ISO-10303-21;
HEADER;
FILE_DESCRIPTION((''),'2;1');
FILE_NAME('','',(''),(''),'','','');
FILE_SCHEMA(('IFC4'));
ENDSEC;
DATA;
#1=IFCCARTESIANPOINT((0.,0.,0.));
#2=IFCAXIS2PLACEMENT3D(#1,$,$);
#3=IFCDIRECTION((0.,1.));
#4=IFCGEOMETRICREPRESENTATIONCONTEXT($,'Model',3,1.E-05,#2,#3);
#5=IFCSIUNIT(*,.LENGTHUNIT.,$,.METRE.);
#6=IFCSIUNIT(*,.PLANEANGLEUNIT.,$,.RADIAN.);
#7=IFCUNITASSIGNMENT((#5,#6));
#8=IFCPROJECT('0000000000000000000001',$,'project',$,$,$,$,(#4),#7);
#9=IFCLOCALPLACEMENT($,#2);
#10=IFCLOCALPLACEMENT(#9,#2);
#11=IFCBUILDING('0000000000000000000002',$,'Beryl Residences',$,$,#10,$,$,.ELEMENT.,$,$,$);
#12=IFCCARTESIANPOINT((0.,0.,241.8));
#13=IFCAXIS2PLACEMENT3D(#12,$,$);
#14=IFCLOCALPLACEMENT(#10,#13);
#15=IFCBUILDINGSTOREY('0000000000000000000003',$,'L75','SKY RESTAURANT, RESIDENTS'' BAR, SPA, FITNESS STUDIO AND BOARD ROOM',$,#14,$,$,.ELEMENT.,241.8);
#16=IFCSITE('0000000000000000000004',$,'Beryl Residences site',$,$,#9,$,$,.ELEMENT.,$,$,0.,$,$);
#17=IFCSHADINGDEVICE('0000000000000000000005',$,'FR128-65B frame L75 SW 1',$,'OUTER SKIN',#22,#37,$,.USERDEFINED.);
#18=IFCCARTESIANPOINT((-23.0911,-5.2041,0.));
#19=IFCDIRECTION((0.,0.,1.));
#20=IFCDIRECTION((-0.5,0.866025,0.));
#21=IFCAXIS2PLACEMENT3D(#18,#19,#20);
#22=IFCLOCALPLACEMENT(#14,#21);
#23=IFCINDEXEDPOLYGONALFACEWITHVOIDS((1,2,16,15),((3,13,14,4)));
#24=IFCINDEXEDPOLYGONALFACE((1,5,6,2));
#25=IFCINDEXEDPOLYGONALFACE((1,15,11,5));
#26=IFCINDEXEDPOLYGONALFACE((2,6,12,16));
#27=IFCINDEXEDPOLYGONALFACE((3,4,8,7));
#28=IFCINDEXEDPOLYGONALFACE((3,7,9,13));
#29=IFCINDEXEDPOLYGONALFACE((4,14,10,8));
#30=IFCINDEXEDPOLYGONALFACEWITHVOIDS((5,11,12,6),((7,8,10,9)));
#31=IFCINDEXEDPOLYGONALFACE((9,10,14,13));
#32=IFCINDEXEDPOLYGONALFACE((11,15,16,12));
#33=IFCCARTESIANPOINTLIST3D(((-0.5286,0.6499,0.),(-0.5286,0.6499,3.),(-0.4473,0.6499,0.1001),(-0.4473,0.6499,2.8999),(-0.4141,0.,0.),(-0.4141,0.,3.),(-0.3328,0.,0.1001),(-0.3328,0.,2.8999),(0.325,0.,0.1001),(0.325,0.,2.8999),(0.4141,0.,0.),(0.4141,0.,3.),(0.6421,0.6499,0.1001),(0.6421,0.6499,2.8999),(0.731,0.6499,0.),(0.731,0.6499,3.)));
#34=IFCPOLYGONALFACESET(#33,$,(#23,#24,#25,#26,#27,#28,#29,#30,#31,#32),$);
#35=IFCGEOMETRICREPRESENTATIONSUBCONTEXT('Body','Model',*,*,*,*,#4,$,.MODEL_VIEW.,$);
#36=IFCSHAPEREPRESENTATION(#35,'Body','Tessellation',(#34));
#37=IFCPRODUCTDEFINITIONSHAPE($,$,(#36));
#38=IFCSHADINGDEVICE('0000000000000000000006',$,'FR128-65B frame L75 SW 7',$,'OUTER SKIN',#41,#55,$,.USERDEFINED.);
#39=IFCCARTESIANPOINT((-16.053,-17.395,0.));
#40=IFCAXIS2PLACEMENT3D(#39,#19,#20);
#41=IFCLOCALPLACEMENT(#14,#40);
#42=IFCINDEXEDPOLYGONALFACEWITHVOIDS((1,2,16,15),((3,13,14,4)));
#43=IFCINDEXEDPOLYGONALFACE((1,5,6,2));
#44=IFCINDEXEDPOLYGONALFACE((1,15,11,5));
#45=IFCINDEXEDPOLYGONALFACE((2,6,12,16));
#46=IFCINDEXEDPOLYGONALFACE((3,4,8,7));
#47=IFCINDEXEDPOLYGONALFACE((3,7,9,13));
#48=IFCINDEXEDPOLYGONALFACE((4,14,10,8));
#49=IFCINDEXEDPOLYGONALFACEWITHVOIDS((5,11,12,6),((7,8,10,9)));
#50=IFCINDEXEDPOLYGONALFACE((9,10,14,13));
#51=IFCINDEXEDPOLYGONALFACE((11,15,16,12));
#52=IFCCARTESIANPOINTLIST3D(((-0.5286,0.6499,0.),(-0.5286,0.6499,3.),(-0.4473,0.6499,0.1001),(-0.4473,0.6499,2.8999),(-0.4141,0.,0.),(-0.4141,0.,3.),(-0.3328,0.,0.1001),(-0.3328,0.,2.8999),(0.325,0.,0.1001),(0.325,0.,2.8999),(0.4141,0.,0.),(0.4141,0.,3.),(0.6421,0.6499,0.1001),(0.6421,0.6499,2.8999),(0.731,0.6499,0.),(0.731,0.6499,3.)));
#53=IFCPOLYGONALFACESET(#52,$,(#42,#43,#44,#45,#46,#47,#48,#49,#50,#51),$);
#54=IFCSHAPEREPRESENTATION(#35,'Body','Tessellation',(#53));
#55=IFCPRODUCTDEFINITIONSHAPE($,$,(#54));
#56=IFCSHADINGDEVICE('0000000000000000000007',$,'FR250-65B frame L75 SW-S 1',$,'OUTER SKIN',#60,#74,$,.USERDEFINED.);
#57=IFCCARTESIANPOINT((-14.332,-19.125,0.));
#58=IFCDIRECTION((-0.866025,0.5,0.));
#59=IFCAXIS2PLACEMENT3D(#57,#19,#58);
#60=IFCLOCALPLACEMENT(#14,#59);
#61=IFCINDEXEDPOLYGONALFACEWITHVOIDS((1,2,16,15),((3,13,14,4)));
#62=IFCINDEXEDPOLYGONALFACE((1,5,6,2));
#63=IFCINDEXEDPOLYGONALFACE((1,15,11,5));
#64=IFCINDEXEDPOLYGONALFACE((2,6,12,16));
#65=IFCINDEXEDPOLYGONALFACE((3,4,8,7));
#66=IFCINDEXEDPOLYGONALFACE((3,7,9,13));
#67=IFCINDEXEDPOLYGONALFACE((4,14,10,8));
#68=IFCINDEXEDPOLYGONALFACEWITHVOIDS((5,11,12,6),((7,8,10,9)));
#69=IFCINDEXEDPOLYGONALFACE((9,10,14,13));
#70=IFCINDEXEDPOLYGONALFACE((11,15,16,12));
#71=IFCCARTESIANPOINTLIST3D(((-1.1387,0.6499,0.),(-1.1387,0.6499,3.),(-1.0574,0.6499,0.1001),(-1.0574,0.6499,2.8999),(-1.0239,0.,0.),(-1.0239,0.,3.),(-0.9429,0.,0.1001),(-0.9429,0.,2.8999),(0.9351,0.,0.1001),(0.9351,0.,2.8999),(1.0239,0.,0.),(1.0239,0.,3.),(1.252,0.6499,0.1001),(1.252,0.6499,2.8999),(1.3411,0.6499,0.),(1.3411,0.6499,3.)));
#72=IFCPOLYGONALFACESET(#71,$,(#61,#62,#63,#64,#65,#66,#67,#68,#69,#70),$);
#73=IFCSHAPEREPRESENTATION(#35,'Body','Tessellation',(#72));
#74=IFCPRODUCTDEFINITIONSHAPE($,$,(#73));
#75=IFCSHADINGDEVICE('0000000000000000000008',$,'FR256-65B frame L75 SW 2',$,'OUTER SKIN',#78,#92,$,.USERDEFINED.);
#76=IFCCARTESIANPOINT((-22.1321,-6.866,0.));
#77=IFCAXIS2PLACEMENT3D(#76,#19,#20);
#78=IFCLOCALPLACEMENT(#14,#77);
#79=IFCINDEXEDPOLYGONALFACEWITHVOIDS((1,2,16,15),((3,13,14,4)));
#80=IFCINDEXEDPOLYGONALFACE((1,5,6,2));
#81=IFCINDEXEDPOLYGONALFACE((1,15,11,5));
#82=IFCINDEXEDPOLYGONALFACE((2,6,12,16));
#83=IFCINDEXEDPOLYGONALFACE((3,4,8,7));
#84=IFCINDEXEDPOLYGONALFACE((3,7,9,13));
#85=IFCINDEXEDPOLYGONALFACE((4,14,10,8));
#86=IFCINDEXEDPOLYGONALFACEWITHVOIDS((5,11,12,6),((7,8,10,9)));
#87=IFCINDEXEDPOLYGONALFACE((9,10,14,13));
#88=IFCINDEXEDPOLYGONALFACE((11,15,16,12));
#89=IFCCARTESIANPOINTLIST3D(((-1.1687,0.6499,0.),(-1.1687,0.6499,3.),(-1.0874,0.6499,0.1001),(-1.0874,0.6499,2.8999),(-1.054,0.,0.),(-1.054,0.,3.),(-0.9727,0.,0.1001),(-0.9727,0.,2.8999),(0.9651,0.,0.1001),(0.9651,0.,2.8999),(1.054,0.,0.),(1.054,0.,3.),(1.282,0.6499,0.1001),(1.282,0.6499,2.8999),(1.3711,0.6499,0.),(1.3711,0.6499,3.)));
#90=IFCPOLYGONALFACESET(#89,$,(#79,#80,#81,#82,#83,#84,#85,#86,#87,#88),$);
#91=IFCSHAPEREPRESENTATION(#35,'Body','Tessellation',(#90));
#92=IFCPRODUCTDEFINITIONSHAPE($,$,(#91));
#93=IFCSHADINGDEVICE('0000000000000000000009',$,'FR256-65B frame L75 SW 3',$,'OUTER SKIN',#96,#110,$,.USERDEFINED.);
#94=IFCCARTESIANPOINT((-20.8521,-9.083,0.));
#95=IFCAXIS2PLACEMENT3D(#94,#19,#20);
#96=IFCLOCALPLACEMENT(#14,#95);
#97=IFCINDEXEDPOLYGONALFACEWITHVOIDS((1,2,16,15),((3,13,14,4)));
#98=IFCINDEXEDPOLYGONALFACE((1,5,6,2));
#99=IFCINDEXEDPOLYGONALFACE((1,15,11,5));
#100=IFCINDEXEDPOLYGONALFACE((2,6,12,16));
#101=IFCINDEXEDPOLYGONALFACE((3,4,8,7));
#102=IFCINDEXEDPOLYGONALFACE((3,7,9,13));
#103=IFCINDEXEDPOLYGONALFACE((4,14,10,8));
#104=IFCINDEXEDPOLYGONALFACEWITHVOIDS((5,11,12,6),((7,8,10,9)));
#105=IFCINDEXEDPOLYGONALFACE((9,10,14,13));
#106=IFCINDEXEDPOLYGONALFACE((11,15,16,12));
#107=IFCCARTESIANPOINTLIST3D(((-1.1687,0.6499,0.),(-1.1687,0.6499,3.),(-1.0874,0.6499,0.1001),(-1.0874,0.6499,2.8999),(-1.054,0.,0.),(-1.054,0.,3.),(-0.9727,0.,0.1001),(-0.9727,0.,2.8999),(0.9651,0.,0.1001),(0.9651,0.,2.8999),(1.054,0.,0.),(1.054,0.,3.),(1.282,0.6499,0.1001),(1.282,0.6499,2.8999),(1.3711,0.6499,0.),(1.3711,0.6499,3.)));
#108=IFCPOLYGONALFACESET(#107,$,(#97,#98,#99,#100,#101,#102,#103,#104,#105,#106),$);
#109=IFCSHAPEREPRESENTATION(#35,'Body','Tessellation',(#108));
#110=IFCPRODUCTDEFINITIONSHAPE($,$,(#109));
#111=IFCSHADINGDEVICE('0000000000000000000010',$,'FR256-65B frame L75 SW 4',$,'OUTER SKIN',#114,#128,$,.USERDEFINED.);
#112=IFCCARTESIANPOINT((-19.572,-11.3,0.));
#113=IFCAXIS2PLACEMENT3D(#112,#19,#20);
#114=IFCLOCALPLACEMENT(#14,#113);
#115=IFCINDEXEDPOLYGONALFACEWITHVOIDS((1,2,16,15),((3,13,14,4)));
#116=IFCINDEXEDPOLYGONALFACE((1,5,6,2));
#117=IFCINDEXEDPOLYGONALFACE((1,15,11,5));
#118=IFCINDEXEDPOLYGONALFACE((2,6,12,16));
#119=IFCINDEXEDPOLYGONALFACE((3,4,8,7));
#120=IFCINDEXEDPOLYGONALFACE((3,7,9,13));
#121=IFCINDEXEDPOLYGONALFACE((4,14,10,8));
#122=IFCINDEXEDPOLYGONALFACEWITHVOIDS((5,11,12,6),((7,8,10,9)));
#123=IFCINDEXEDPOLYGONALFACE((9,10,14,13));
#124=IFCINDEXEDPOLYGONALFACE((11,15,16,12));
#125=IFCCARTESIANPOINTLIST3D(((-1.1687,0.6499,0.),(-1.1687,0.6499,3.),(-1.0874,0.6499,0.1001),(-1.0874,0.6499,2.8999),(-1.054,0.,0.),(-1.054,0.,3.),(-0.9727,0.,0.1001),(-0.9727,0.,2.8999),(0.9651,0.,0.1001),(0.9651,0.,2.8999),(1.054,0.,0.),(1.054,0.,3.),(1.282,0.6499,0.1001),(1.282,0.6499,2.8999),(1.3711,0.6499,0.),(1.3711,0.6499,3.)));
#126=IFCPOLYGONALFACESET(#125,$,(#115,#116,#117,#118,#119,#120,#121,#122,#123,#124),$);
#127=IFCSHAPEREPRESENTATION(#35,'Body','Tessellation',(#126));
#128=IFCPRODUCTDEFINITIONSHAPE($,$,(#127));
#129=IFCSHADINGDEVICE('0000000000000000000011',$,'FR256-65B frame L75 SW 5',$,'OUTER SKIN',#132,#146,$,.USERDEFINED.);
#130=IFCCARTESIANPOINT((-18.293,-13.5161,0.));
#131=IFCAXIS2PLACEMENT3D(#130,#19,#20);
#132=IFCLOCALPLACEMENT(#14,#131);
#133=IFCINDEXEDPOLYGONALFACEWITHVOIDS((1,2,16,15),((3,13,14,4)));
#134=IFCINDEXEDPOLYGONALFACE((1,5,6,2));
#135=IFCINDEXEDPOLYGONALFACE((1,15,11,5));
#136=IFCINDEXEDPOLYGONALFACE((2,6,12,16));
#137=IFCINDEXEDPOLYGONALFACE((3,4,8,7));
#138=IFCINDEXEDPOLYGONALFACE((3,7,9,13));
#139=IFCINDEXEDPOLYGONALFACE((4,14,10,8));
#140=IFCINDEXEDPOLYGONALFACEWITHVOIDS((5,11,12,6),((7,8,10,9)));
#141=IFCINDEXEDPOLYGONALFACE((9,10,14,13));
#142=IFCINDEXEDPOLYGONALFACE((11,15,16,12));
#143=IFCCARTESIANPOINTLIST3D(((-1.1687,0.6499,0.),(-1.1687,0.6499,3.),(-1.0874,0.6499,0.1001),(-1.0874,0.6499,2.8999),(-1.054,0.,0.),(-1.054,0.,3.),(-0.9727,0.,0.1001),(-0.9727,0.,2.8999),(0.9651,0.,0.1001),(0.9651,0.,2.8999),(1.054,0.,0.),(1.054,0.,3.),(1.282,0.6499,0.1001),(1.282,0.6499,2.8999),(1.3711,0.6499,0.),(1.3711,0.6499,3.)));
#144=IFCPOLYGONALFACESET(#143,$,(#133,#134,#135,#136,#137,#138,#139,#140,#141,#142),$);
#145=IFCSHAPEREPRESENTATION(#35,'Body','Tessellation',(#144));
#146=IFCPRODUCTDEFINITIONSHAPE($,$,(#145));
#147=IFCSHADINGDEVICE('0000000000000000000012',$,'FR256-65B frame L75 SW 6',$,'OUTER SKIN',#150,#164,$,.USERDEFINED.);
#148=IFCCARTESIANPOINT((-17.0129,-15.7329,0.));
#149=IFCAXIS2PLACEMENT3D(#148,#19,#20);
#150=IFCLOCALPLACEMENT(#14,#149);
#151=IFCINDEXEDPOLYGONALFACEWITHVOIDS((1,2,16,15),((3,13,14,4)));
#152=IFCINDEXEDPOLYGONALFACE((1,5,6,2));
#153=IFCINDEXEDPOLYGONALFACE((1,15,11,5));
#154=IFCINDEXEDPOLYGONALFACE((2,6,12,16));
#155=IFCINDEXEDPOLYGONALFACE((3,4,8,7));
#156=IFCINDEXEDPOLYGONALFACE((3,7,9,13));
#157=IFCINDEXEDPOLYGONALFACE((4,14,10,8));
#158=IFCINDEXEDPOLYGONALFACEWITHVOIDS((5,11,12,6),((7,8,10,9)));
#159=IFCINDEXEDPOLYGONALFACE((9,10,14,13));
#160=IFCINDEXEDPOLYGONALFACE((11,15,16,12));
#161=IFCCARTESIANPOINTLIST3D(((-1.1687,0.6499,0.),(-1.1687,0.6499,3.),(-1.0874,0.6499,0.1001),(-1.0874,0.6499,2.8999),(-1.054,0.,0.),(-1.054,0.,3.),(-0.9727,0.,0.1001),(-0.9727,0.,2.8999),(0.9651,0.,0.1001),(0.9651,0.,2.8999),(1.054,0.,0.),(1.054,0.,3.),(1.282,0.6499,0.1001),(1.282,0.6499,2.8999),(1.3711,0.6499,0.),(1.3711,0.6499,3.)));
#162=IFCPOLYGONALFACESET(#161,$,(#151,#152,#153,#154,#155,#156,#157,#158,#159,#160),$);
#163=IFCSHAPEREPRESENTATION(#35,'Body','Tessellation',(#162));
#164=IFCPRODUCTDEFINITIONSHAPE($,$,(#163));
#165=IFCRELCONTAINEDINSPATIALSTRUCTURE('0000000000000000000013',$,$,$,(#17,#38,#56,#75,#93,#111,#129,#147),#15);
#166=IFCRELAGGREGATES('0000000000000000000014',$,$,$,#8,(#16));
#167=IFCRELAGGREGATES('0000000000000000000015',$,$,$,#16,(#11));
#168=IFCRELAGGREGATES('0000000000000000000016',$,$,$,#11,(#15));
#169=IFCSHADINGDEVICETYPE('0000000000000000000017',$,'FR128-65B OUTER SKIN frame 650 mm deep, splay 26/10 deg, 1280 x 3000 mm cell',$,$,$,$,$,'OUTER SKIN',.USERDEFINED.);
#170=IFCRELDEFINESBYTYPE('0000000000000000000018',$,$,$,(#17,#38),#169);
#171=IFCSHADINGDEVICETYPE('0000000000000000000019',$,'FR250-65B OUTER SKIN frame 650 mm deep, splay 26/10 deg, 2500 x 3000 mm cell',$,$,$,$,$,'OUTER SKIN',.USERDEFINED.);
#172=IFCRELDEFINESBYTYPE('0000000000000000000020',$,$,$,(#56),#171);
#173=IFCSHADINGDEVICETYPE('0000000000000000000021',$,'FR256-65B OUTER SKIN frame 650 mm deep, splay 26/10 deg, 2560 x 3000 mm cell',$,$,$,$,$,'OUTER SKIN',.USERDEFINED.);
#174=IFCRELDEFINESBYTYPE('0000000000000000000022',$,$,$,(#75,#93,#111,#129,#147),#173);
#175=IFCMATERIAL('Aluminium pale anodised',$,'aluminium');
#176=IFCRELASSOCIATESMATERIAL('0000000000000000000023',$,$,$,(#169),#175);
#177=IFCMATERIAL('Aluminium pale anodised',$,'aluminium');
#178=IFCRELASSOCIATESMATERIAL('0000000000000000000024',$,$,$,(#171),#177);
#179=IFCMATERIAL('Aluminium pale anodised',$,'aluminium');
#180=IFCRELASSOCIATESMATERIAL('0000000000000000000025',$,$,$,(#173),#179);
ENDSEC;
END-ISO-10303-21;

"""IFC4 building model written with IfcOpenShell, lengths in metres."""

from ifc_helpers import new_model, entity, si_unit, direction, frame, origin, place, context, subcontext, project, spatial, source, transform, mapped, material, type_object, type_shapes, element, save


model = new_model("IFC4")

# Units and contexts
model_context = context("Model", 3, precision=1e-05, world=origin(), true_north=direction((0.0, 1.0)))
body_context = subcontext(model_context, "Body", "Model", "MODEL_VIEW")
ifc_project = project(units=[si_unit("LENGTHUNIT", "METRE"), si_unit("PLANEANGLEUNIT", "RADIAN")], contexts=[model_context])

# Site, building, storey
site_placement = place(None, origin())
site = spatial("IfcSite", under=ifc_project, at=site_placement, Name="Beryl Residences site", CompositionType="ELEMENT", RefElevation=0.0)
building_placement = place(site_placement, origin())
building = spatial("IfcBuilding", under=site, at=building_placement, Name="Beryl Residences", CompositionType="ELEMENT")
storey_placement = place(building_placement, frame((0.0, 0.0, 241.8)))
storey = spatial("IfcBuildingStorey", under=building, at=storey_placement, Name="L75", Description="SKY RESTAURANT, RESIDENTS' BAR, SPA, FITNESS STUDIO AND BOARD ROOM", CompositionType="ELEMENT", Elevation=241.8)

# Shading devices
ifc_material_1 = material(Name="Aluminium pale anodised", Category="aluminium")
shading_device_type_1 = type_object("IfcShadingDeviceType", Name="FR128-65B OUTER SKIN frame 650 mm deep, splay 26/10 deg, 1280 x 3000 mm cell", ElementType="OUTER SKIN", PredefinedType="USERDEFINED", material=ifc_material_1)
cartesian_point_1 = entity("IfcCartesianPoint", [-0.4141, 0.0])
cartesian_point_2 = entity("IfcCartesianPoint", [-0.325, 0.1001])
cartesian_point_3 = entity("IfcCartesianPoint", [-0.731, 0.0])
cartesian_point_4 = entity("IfcCartesianPoint", [-0.6421, 0.1001])
shared_shape_1 = source(origin(), body_context, "Body", "SweptSolid", [
    entity("IfcExtrudedAreaSolidTapered", entity("IfcArbitraryProfileDefWithVoids", "AREA", None, entity("IfcPolyline", [cartesian_point_1, entity("IfcCartesianPoint", [0.4141, 0.0]), entity("IfcCartesianPoint", [0.4141, 3.0]), entity("IfcCartesianPoint", [-0.4141, 3.0]), cartesian_point_1]), [entity("IfcPolyline", [cartesian_point_2, entity("IfcCartesianPoint", [0.3328, 0.1001]), entity("IfcCartesianPoint", [0.3328, 2.8999]), entity("IfcCartesianPoint", [-0.325, 2.8999]), cartesian_point_2])]), entity("IfcAxis2Placement3D", entity("IfcCartesianPoint", [0.0, 0.0, 0.0]), entity("IfcDirection", [0.0, 1.0, 0.0]), entity("IfcDirection", [-1.0, 0.0, 0.0])), entity("IfcDirection", [0.0, 0.0, 1.0]), 0.6499, entity("IfcArbitraryProfileDefWithVoids", "AREA", None, entity("IfcPolyline", [cartesian_point_3, entity("IfcCartesianPoint", [0.5286, 0.0]), entity("IfcCartesianPoint", [0.5286, 3.0]), entity("IfcCartesianPoint", [-0.731, 3.0]), cartesian_point_3]), [entity("IfcPolyline", [cartesian_point_4, entity("IfcCartesianPoint", [0.4473, 0.1001]), entity("IfcCartesianPoint", [0.4473, 2.8999]), entity("IfcCartesianPoint", [-0.6421, 2.8999]), cartesian_point_4])])),
])
type_shapes(shading_device_type_1, [shared_shape_1])
for number, where, z_axis, x_axis, name in (
    (1, (-23.0911, -5.2041, 0.0), (0.0, 0.0, 1.0), (-0.5, 0.866025, 0.0), "FR128-65B frame L75 SW 1"),
    (2, (-16.053, -17.395, 0.0), (0.0, 0.0, 1.0), (-0.5, 0.866025, 0.0), "FR128-65B frame L75 SW 7"),
):
    element("IfcShadingDevice", number, at=place(storey_placement, frame(where, z_axis=z_axis, x_axis=x_axis)), inside=storey, type_object=shading_device_type_1, Name=name, ObjectType="OUTER SKIN", PredefinedType="USERDEFINED", context=body_context, shape_type="MappedRepresentation", body=[
        mapped(shared_shape_1, transform((0.0, 0.0, 0.0))),
    ])
ifc_material_2 = material(Name="Aluminium pale anodised", Category="aluminium")
shading_device_type_2 = type_object("IfcShadingDeviceType", Name="FR250-65B OUTER SKIN frame 650 mm deep, splay 26/10 deg, 2500 x 3000 mm cell", ElementType="OUTER SKIN", PredefinedType="USERDEFINED", material=ifc_material_2)
cartesian_point_5 = entity("IfcCartesianPoint", [-1.0239, 0.0])
cartesian_point_6 = entity("IfcCartesianPoint", [-0.9351, 0.1001])
cartesian_point_7 = entity("IfcCartesianPoint", [-1.3411, 0.0])
cartesian_point_8 = entity("IfcCartesianPoint", [-1.252, 0.1001])
shared_shape_2 = source(origin(), body_context, "Body", "SweptSolid", [
    entity("IfcExtrudedAreaSolidTapered", entity("IfcArbitraryProfileDefWithVoids", "AREA", None, entity("IfcPolyline", [cartesian_point_5, entity("IfcCartesianPoint", [1.0239, 0.0]), entity("IfcCartesianPoint", [1.0239, 3.0]), entity("IfcCartesianPoint", [-1.0239, 3.0]), cartesian_point_5]), [entity("IfcPolyline", [cartesian_point_6, entity("IfcCartesianPoint", [0.9429, 0.1001]), entity("IfcCartesianPoint", [0.9429, 2.8999]), entity("IfcCartesianPoint", [-0.9351, 2.8999]), cartesian_point_6])]), entity("IfcAxis2Placement3D", entity("IfcCartesianPoint", [0.0, 0.0, 0.0]), entity("IfcDirection", [0.0, 1.0, 0.0]), entity("IfcDirection", [-1.0, 0.0, 0.0])), entity("IfcDirection", [0.0, 0.0, 1.0]), 0.6499, entity("IfcArbitraryProfileDefWithVoids", "AREA", None, entity("IfcPolyline", [cartesian_point_7, entity("IfcCartesianPoint", [1.1387, 0.0]), entity("IfcCartesianPoint", [1.1387, 3.0]), entity("IfcCartesianPoint", [-1.3411, 3.0]), cartesian_point_7]), [entity("IfcPolyline", [cartesian_point_8, entity("IfcCartesianPoint", [1.0574, 0.1001]), entity("IfcCartesianPoint", [1.0574, 2.8999]), entity("IfcCartesianPoint", [-1.252, 2.8999]), cartesian_point_8])])),
])
type_shapes(shading_device_type_2, [shared_shape_2])
shading_device_placement = place(storey_placement, frame((-14.332, -19.125, 0.0), z_axis=(0.0, 0.0, 1.0), x_axis=(-0.866025, 0.5, 0.0)))
element("IfcShadingDevice", 3, at=shading_device_placement, inside=storey, type_object=shading_device_type_2, Name="FR250-65B frame L75 SW-S 1", ObjectType="OUTER SKIN", PredefinedType="USERDEFINED", context=body_context, shape_type="MappedRepresentation", body=[
    mapped(shared_shape_2, transform((0.0, 0.0, 0.0))),
])
ifc_material_3 = material(Name="Aluminium pale anodised", Category="aluminium")
shading_device_type_3 = type_object("IfcShadingDeviceType", Name="FR256-65B OUTER SKIN frame 650 mm deep, splay 26/10 deg, 2560 x 3000 mm cell", ElementType="OUTER SKIN", PredefinedType="USERDEFINED", material=ifc_material_3)
cartesian_point_9 = entity("IfcCartesianPoint", [-1.054, 0.0])
cartesian_point_10 = entity("IfcCartesianPoint", [-0.9651, 0.1001])
cartesian_point_11 = entity("IfcCartesianPoint", [-1.3711, 0.0])
cartesian_point_12 = entity("IfcCartesianPoint", [-1.282, 0.1001])
shared_shape_3 = source(origin(), body_context, "Body", "SweptSolid", [
    entity("IfcExtrudedAreaSolidTapered", entity("IfcArbitraryProfileDefWithVoids", "AREA", None, entity("IfcPolyline", [cartesian_point_9, entity("IfcCartesianPoint", [1.054, 0.0]), entity("IfcCartesianPoint", [1.054, 3.0]), entity("IfcCartesianPoint", [-1.054, 3.0]), cartesian_point_9]), [entity("IfcPolyline", [cartesian_point_10, entity("IfcCartesianPoint", [0.9727, 0.1001]), entity("IfcCartesianPoint", [0.9727, 2.8999]), entity("IfcCartesianPoint", [-0.9651, 2.8999]), cartesian_point_10])]), entity("IfcAxis2Placement3D", entity("IfcCartesianPoint", [0.0, 0.0, 0.0]), entity("IfcDirection", [0.0, 1.0, 0.0]), entity("IfcDirection", [-1.0, 0.0, 0.0])), entity("IfcDirection", [0.0, 0.0, 1.0]), 0.6499, entity("IfcArbitraryProfileDefWithVoids", "AREA", None, entity("IfcPolyline", [cartesian_point_11, entity("IfcCartesianPoint", [1.1687, 0.0]), entity("IfcCartesianPoint", [1.1687, 3.0]), entity("IfcCartesianPoint", [-1.3711, 3.0]), cartesian_point_11]), [entity("IfcPolyline", [cartesian_point_12, entity("IfcCartesianPoint", [1.0874, 0.1001]), entity("IfcCartesianPoint", [1.0874, 2.8999]), entity("IfcCartesianPoint", [-1.282, 2.8999]), cartesian_point_12])])),
])
type_shapes(shading_device_type_3, [shared_shape_3])
for number, where, z_axis, x_axis, name in (
    (4, (-22.1321, -6.866, 0.0), (0.0, 0.0, 1.0), (-0.5, 0.866025, 0.0), "FR256-65B frame L75 SW 2"),
    (5, (-20.8521, -9.083, 0.0), (0.0, 0.0, 1.0), (-0.5, 0.866025, 0.0), "FR256-65B frame L75 SW 3"),
    (6, (-19.572, -11.3, 0.0), (0.0, 0.0, 1.0), (-0.5, 0.866025, 0.0), "FR256-65B frame L75 SW 4"),
    (7, (-18.293, -13.5161, 0.0), (0.0, 0.0, 1.0), (-0.5, 0.866025, 0.0), "FR256-65B frame L75 SW 5"),
    (8, (-17.0129, -15.7329, 0.0), (0.0, 0.0, 1.0), (-0.5, 0.866025, 0.0), "FR256-65B frame L75 SW 6"),
):
    element("IfcShadingDevice", number, at=place(storey_placement, frame(where, z_axis=z_axis, x_axis=x_axis)), inside=storey, type_object=shading_device_type_3, Name=name, ObjectType="OUTER SKIN", PredefinedType="USERDEFINED", context=body_context, shape_type="MappedRepresentation", body=[
        mapped(shared_shape_3, transform((0.0, 0.0, 0.0))),
    ])

save(model, "model.ifc")
